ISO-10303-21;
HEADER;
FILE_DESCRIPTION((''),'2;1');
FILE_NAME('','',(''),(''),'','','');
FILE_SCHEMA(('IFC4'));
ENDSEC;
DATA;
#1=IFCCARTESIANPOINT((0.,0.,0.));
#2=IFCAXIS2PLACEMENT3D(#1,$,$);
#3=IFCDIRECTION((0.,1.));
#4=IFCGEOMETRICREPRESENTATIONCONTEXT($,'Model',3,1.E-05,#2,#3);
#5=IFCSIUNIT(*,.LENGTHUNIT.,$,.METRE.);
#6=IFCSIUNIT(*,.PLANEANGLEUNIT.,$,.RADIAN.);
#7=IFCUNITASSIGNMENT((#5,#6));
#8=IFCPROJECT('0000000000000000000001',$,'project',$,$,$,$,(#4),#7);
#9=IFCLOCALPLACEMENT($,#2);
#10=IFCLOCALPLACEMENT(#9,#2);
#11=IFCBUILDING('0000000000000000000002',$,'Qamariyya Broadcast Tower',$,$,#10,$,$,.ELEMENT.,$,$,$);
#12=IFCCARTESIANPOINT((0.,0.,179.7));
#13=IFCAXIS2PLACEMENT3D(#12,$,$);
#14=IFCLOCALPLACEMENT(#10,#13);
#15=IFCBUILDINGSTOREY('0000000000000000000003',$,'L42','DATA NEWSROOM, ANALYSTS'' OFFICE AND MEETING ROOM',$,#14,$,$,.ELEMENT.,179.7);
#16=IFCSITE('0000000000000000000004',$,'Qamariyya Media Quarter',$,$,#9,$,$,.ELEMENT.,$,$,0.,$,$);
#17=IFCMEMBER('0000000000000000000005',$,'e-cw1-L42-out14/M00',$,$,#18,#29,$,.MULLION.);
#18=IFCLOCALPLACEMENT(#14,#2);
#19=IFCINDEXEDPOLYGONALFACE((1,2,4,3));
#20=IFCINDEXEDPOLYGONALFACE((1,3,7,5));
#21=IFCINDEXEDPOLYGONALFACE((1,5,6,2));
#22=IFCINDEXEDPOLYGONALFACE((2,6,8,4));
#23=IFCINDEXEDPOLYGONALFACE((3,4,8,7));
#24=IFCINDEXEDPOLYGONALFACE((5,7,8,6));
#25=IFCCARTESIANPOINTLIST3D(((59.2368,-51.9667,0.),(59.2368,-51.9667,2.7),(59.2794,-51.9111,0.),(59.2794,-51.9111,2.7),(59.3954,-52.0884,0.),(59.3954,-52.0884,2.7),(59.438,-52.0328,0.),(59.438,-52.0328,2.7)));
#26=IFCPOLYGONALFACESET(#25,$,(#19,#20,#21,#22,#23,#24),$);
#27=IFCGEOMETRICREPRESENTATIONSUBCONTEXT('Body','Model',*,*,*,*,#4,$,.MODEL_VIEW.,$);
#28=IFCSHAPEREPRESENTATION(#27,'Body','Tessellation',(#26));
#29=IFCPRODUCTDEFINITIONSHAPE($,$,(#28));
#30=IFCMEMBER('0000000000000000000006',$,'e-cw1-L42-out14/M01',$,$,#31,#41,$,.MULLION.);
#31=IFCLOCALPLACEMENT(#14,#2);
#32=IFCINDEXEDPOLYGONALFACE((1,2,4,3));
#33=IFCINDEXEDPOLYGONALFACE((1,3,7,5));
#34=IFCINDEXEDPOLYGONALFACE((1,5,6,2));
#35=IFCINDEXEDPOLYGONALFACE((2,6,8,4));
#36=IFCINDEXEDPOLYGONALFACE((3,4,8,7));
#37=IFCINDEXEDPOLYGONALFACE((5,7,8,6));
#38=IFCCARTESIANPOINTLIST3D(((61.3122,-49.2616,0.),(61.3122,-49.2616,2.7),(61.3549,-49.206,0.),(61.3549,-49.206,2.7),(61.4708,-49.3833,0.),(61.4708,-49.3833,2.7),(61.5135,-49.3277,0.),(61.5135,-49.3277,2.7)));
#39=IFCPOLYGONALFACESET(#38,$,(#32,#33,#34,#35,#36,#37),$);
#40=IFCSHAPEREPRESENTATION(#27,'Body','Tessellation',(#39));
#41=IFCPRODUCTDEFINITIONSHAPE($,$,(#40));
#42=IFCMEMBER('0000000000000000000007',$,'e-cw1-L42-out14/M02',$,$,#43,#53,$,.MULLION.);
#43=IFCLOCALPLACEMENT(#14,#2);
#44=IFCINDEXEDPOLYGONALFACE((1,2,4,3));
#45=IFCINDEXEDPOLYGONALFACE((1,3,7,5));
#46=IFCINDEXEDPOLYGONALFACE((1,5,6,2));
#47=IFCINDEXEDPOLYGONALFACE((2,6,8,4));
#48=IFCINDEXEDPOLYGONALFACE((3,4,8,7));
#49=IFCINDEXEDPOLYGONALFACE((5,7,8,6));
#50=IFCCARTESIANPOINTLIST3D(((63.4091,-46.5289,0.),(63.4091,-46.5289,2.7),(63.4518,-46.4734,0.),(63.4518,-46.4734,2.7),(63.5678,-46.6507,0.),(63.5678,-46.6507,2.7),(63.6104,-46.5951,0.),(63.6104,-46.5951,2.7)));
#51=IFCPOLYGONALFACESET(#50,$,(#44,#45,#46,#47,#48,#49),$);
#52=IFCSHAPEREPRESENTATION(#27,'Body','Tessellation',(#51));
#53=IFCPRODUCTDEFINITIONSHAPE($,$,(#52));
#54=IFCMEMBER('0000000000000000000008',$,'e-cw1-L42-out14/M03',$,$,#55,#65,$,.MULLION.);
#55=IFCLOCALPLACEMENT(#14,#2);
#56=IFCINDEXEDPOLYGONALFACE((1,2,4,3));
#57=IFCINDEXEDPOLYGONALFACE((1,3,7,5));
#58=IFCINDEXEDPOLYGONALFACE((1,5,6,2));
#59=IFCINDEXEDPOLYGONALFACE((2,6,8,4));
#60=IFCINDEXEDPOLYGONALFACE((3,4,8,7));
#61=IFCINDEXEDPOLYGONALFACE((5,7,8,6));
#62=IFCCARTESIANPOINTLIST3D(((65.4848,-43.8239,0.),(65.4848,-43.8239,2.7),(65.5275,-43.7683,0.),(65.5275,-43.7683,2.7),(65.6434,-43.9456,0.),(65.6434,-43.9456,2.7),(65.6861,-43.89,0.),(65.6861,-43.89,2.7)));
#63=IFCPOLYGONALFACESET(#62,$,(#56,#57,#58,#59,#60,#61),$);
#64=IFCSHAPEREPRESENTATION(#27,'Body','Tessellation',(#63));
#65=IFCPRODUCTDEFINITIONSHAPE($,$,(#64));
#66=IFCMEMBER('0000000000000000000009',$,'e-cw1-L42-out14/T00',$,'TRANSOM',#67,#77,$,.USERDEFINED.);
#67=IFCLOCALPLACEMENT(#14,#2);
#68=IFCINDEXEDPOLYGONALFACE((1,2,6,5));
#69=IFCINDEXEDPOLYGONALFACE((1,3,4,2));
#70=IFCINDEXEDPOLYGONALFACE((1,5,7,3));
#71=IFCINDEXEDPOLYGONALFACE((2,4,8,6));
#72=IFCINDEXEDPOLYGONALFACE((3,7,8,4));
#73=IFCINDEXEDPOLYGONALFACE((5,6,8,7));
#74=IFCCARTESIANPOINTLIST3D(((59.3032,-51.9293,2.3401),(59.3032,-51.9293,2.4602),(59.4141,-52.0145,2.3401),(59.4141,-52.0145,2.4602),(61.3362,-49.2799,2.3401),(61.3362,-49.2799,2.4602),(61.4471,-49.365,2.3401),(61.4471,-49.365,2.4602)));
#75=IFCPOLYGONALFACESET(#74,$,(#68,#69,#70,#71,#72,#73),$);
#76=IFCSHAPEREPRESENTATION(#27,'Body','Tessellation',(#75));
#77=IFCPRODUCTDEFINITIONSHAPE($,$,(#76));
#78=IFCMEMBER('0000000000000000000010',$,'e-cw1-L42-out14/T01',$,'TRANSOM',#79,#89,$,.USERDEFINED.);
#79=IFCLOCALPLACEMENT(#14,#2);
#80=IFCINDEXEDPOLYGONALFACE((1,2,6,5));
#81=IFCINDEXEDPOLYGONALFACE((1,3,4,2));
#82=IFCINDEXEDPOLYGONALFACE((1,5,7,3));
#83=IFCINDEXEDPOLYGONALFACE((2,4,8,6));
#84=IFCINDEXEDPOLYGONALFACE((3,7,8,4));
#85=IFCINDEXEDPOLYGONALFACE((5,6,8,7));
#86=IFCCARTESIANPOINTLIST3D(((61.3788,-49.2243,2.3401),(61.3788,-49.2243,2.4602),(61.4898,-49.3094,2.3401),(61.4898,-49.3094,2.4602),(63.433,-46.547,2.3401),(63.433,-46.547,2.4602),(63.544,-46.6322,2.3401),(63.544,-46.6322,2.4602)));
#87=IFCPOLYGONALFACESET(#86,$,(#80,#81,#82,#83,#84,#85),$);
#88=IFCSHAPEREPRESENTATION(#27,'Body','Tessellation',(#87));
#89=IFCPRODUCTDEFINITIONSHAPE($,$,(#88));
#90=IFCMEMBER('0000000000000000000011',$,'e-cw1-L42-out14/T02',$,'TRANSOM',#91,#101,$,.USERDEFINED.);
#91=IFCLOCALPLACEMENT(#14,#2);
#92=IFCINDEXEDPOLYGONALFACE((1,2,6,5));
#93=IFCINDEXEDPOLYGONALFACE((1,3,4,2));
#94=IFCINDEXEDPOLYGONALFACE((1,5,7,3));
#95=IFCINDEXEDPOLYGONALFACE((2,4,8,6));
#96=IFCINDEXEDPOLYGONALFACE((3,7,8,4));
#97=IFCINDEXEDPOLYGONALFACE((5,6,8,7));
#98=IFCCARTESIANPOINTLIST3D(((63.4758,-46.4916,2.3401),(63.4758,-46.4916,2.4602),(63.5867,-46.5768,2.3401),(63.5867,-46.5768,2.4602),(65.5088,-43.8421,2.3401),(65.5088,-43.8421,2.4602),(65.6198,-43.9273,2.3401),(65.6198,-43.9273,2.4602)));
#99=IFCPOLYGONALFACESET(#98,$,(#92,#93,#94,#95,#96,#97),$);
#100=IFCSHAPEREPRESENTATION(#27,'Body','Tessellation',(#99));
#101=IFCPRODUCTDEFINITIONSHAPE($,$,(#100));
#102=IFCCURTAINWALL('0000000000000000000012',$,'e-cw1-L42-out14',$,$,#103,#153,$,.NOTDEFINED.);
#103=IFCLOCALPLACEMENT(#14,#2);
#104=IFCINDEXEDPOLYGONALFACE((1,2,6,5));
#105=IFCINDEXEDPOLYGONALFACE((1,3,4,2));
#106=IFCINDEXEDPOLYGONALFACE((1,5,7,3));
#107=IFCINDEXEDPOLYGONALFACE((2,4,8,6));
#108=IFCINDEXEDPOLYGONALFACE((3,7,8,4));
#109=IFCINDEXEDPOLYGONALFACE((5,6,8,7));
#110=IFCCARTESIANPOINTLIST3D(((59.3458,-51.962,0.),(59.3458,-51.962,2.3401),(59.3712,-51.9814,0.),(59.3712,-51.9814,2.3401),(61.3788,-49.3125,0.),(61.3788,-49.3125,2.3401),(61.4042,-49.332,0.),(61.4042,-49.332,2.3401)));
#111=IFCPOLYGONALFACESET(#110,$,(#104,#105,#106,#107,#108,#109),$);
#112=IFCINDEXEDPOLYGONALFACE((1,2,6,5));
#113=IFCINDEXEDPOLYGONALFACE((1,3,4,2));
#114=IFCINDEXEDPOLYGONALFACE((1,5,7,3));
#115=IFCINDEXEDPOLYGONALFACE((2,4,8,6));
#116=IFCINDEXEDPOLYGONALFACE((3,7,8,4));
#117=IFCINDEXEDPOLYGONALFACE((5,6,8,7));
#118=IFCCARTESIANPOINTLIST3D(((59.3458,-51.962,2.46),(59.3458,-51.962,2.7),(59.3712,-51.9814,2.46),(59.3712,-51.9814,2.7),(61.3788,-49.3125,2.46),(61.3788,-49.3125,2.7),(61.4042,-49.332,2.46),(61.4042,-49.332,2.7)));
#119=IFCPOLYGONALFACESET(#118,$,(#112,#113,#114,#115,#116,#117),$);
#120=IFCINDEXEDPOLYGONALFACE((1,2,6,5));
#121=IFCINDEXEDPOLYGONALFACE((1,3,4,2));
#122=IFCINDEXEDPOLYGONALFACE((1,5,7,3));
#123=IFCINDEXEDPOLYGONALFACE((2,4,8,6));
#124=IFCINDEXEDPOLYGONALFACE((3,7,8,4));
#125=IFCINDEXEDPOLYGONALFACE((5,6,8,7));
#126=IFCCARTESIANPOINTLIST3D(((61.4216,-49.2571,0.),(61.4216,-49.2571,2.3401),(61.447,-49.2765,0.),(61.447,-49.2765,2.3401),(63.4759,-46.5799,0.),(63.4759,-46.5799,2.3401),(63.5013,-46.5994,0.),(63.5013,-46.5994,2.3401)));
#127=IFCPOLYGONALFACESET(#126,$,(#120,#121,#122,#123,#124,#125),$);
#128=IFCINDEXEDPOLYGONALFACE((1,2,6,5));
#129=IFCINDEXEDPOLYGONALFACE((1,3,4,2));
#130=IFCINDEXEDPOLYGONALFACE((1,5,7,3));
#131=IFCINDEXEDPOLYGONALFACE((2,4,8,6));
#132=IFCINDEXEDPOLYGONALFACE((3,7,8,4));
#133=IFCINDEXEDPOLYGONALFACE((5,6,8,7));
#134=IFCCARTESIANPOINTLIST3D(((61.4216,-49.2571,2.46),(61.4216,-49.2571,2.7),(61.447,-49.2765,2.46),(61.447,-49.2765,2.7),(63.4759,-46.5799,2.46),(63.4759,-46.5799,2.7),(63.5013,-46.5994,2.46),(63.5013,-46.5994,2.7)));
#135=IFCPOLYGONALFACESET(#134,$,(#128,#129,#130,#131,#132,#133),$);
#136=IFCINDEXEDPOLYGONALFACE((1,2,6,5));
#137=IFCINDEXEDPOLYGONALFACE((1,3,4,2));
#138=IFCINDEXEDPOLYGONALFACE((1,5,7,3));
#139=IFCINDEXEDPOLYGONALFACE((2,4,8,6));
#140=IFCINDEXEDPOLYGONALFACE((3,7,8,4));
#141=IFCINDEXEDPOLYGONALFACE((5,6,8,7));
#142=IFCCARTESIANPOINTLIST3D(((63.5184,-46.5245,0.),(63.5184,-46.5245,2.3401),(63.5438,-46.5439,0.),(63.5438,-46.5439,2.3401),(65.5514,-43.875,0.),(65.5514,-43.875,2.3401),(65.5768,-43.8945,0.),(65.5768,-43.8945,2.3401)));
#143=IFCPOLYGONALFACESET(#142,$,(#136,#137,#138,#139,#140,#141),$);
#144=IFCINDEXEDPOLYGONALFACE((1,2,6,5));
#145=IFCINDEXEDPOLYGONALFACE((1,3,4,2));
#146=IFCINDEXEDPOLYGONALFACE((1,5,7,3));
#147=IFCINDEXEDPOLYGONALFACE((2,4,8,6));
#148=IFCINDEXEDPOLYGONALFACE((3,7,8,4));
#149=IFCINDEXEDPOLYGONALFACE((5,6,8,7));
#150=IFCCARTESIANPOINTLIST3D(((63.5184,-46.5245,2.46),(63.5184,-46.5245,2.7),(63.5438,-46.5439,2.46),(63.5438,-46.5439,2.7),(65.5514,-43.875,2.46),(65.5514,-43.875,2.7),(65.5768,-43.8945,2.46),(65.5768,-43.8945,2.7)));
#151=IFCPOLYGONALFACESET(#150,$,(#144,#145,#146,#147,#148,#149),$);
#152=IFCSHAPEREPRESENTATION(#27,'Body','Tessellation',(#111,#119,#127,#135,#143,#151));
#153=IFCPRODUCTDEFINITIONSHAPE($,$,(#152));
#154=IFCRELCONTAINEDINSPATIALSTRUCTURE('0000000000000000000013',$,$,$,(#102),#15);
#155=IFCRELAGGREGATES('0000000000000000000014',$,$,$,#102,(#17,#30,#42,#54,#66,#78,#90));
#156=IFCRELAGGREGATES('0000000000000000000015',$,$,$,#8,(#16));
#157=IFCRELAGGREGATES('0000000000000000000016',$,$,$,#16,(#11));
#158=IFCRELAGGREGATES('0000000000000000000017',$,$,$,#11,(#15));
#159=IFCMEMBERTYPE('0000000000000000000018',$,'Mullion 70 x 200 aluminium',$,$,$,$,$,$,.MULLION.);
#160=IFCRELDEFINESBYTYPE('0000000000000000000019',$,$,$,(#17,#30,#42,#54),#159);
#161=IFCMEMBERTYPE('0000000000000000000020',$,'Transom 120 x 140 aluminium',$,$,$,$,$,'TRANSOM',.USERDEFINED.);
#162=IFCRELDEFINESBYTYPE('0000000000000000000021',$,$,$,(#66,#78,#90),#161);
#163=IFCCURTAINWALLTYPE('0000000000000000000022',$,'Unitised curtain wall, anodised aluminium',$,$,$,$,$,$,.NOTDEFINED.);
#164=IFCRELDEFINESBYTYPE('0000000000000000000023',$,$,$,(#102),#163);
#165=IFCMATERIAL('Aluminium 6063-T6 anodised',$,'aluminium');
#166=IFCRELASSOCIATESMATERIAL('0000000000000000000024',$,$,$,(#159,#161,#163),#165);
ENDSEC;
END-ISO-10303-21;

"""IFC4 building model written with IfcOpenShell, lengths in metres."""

from ifc_helpers import new_model, si_unit, direction, frame, origin, origin_2d, place, context, subcontext, project, spatial, rectangle, extrude, material, material_profile, profile_set, type_object, element, aggregate, save


model = new_model("IFC4")

# Units and contexts
model_context = context("Model", 3, precision=1e-05, world=origin(), true_north=direction((0.0, 1.0)))
body_context = subcontext(model_context, "Body", "Model", "MODEL_VIEW")
ifc_project = project(units=[si_unit("LENGTHUNIT", "METRE"), si_unit("PLANEANGLEUNIT", "RADIAN")], contexts=[model_context])

# Members
ifc_material_1 = material(Name="Aluminium 6063-T6 anodised", Category="aluminium")
ifc_material_profile_1 = material_profile(ifc_material_1, rectangle(XDim=0.2, YDim=0.0701, at=origin_2d()))
ifc_profile_set_1 = profile_set([ifc_material_profile_1], Name="Aluminium 6063-T6 anodised")
member_type_1 = type_object("IfcMemberType", Name="Mullion 70 x 200 aluminium", PredefinedType="MULLION", material=ifc_profile_set_1)
site_placement = place(None, origin())
building_placement = place(site_placement, origin())
storey_placement = place(building_placement, frame((0.0, 0.0, 179.7)))
member_1_placement = place(storey_placement, frame((59.3374, -51.9998, 0.0), z_axis=(0.0, 0.0, 1.0), x_axis=(-0.793353, 0.608761, 0.0)))
member_1 = element("IfcMember", 1, at=member_1_placement, type_object=member_type_1, Name="e-cw1-L42-out14/M00", PredefinedType="MULLION", context=body_context, shape_type="SweptSolid", body=[
    extrude(rectangle(XDim=0.2, YDim=0.0701, at=origin_2d()), origin(), (0.0, 0.0, 1.0), 2.7),
])
member_2_placement = place(storey_placement, frame((61.4128, -49.2947, 0.0), z_axis=(0.0, 0.0, 1.0), x_axis=(-0.793353, 0.608761, 0.0)))
member_2 = element("IfcMember", 2, at=member_2_placement, type_object=member_type_1, Name="e-cw1-L42-out14/M01", PredefinedType="MULLION", context=body_context, shape_type="SweptSolid", body=[
    extrude(rectangle(XDim=0.2, YDim=0.0701, at=origin_2d()), origin(), (0.0, 0.0, 1.0), 2.7),
])
member_3_placement = place(storey_placement, frame((63.5098, -46.562, 0.0), z_axis=(0.0, 0.0, 1.0), x_axis=(-0.793353, 0.608761, 0.0)))
member_3 = element("IfcMember", 3, at=member_3_placement, type_object=member_type_1, Name="e-cw1-L42-out14/M02", PredefinedType="MULLION", context=body_context, shape_type="SweptSolid", body=[
    extrude(rectangle(XDim=0.2, YDim=0.0701, at=origin_2d()), origin(), (0.0, 0.0, 1.0), 2.7),
])
member_4_placement = place(storey_placement, frame((65.5854, -43.8569, 0.0), z_axis=(0.0, 0.0, 1.0), x_axis=(-0.793353, 0.608761, 0.0)))
member_4 = element("IfcMember", 4, at=member_4_placement, type_object=member_type_1, Name="e-cw1-L42-out14/M03", PredefinedType="MULLION", context=body_context, shape_type="SweptSolid", body=[
    extrude(rectangle(XDim=0.2, YDim=0.0701, at=origin_2d()), origin(), (0.0, 0.0, 1.0), 2.7),
])
ifc_material_profile_2 = material_profile(ifc_material_1, rectangle(XDim=0.1399, YDim=0.1201, at=origin_2d()))
ifc_profile_set_2 = profile_set([ifc_material_profile_2], Name="Aluminium 6063-T6 anodised")
member_type_2 = type_object("IfcMemberType", Name="Transom 120 x 140 aluminium", ElementType="TRANSOM", PredefinedType="USERDEFINED", material=ifc_profile_set_2)
member_5_placement = place(storey_placement, frame((59.3586, -51.9719, 2.4001), z_axis=(0.60876, 0.793354, 0.0), x_axis=(-0.793354, 0.60876, 0.0)))
member_5 = element("IfcMember", 5, at=member_5_placement, type_object=member_type_2, Name="e-cw1-L42-out14/T00", ObjectType="TRANSOM", PredefinedType="USERDEFINED", context=body_context, shape_type="SweptSolid", body=[
    extrude(rectangle(XDim=0.1399, YDim=0.1201, at=origin_2d()), origin(), (0.0, 0.0, 1.0), 3.3396),
])
member_6_placement = place(storey_placement, frame((61.4343, -49.2668, 2.4001), z_axis=(0.608738, 0.793371, 0.0), x_axis=(-0.793371, 0.608738, 0.0)))
member_6 = element("IfcMember", 6, at=member_6_placement, type_object=member_type_2, Name="e-cw1-L42-out14/T01", ObjectType="TRANSOM", PredefinedType="USERDEFINED", context=body_context, shape_type="SweptSolid", body=[
    extrude(rectangle(XDim=0.1399, YDim=0.1201, at=origin_2d()), origin(), (0.0, 0.0, 1.0), 3.3745),
])
member_7_placement = place(storey_placement, frame((63.5312, -46.5342, 2.4001), z_axis=(0.60876, 0.793354, 0.0), x_axis=(-0.793354, 0.60876, 0.0)))
member_7 = element("IfcMember", 7, at=member_7_placement, type_object=member_type_2, Name="e-cw1-L42-out14/T02", ObjectType="TRANSOM", PredefinedType="USERDEFINED", context=body_context, shape_type="SweptSolid", body=[
    extrude(rectangle(XDim=0.1399, YDim=0.1201, at=origin_2d()), origin(), (0.0, 0.0, 1.0), 3.3396),
])

# Site, building, storey
site = spatial("IfcSite", under=ifc_project, at=site_placement, Name="Qamariyya Media Quarter", CompositionType="ELEMENT", RefElevation=0.0)
building = spatial("IfcBuilding", under=site, at=building_placement, Name="Qamariyya Broadcast Tower", CompositionType="ELEMENT")
storey = spatial("IfcBuildingStorey", under=building, at=storey_placement, Name="L42", Description="DATA NEWSROOM, ANALYSTS' OFFICE AND MEETING ROOM", CompositionType="ELEMENT", Elevation=179.7)

# Curtain wall
curtain_wall_type = type_object("IfcCurtainWallType", Name="Unitised curtain wall, anodised aluminium", PredefinedType="NOTDEFINED", material=ifc_material_1)
curtain_wall_1_placement = place(storey_placement, origin())
curtain_wall_1 = element("IfcCurtainWall", 8, at=curtain_wall_1_placement, inside=storey, type_object=curtain_wall_type, Name="e-cw1-L42-out14", PredefinedType="NOTDEFINED", context=body_context, shape_type="SweptSolid", body=[
    extrude(rectangle(XDim=3.3396, YDim=0.032, at=origin_2d()), frame((60.375, -50.647, 0.0), x_axis=(0.608764, 0.793352, 0.0)), (0.0, 0.0, 1.0), 2.3401),
    extrude(rectangle(XDim=3.3396, YDim=0.032, at=origin_2d()), frame((60.375, -50.647, 2.46), x_axis=(0.608764, 0.793352, 0.0)), (0.0, 0.0, 1.0), 0.24),
    extrude(rectangle(XDim=3.3745, YDim=0.032, at=origin_2d()), frame((62.4614, -47.9282, 0.0), x_axis=(0.608764, 0.793352, 0.0)), (0.0, 0.0, 1.0), 2.3401),
    extrude(rectangle(XDim=3.3745, YDim=0.032, at=origin_2d()), frame((62.4614, -47.9282, 2.46), x_axis=(0.608764, 0.793352, 0.0)), (0.0, 0.0, 1.0), 0.24),
    extrude(rectangle(XDim=3.3396, YDim=0.032, at=origin_2d()), frame((64.5476, -45.2095, 0.0), x_axis=(0.608764, 0.793352, 0.0)), (0.0, 0.0, 1.0), 2.3401),
    extrude(rectangle(XDim=3.3396, YDim=0.032, at=origin_2d()), frame((64.5476, -45.2095, 2.46), x_axis=(0.608764, 0.793352, 0.0)), (0.0, 0.0, 1.0), 0.24),
])
aggregate(curtain_wall_1, [member_1, member_2, member_3, member_4, member_5, member_6, member_7])

save(model, "model.ifc")
